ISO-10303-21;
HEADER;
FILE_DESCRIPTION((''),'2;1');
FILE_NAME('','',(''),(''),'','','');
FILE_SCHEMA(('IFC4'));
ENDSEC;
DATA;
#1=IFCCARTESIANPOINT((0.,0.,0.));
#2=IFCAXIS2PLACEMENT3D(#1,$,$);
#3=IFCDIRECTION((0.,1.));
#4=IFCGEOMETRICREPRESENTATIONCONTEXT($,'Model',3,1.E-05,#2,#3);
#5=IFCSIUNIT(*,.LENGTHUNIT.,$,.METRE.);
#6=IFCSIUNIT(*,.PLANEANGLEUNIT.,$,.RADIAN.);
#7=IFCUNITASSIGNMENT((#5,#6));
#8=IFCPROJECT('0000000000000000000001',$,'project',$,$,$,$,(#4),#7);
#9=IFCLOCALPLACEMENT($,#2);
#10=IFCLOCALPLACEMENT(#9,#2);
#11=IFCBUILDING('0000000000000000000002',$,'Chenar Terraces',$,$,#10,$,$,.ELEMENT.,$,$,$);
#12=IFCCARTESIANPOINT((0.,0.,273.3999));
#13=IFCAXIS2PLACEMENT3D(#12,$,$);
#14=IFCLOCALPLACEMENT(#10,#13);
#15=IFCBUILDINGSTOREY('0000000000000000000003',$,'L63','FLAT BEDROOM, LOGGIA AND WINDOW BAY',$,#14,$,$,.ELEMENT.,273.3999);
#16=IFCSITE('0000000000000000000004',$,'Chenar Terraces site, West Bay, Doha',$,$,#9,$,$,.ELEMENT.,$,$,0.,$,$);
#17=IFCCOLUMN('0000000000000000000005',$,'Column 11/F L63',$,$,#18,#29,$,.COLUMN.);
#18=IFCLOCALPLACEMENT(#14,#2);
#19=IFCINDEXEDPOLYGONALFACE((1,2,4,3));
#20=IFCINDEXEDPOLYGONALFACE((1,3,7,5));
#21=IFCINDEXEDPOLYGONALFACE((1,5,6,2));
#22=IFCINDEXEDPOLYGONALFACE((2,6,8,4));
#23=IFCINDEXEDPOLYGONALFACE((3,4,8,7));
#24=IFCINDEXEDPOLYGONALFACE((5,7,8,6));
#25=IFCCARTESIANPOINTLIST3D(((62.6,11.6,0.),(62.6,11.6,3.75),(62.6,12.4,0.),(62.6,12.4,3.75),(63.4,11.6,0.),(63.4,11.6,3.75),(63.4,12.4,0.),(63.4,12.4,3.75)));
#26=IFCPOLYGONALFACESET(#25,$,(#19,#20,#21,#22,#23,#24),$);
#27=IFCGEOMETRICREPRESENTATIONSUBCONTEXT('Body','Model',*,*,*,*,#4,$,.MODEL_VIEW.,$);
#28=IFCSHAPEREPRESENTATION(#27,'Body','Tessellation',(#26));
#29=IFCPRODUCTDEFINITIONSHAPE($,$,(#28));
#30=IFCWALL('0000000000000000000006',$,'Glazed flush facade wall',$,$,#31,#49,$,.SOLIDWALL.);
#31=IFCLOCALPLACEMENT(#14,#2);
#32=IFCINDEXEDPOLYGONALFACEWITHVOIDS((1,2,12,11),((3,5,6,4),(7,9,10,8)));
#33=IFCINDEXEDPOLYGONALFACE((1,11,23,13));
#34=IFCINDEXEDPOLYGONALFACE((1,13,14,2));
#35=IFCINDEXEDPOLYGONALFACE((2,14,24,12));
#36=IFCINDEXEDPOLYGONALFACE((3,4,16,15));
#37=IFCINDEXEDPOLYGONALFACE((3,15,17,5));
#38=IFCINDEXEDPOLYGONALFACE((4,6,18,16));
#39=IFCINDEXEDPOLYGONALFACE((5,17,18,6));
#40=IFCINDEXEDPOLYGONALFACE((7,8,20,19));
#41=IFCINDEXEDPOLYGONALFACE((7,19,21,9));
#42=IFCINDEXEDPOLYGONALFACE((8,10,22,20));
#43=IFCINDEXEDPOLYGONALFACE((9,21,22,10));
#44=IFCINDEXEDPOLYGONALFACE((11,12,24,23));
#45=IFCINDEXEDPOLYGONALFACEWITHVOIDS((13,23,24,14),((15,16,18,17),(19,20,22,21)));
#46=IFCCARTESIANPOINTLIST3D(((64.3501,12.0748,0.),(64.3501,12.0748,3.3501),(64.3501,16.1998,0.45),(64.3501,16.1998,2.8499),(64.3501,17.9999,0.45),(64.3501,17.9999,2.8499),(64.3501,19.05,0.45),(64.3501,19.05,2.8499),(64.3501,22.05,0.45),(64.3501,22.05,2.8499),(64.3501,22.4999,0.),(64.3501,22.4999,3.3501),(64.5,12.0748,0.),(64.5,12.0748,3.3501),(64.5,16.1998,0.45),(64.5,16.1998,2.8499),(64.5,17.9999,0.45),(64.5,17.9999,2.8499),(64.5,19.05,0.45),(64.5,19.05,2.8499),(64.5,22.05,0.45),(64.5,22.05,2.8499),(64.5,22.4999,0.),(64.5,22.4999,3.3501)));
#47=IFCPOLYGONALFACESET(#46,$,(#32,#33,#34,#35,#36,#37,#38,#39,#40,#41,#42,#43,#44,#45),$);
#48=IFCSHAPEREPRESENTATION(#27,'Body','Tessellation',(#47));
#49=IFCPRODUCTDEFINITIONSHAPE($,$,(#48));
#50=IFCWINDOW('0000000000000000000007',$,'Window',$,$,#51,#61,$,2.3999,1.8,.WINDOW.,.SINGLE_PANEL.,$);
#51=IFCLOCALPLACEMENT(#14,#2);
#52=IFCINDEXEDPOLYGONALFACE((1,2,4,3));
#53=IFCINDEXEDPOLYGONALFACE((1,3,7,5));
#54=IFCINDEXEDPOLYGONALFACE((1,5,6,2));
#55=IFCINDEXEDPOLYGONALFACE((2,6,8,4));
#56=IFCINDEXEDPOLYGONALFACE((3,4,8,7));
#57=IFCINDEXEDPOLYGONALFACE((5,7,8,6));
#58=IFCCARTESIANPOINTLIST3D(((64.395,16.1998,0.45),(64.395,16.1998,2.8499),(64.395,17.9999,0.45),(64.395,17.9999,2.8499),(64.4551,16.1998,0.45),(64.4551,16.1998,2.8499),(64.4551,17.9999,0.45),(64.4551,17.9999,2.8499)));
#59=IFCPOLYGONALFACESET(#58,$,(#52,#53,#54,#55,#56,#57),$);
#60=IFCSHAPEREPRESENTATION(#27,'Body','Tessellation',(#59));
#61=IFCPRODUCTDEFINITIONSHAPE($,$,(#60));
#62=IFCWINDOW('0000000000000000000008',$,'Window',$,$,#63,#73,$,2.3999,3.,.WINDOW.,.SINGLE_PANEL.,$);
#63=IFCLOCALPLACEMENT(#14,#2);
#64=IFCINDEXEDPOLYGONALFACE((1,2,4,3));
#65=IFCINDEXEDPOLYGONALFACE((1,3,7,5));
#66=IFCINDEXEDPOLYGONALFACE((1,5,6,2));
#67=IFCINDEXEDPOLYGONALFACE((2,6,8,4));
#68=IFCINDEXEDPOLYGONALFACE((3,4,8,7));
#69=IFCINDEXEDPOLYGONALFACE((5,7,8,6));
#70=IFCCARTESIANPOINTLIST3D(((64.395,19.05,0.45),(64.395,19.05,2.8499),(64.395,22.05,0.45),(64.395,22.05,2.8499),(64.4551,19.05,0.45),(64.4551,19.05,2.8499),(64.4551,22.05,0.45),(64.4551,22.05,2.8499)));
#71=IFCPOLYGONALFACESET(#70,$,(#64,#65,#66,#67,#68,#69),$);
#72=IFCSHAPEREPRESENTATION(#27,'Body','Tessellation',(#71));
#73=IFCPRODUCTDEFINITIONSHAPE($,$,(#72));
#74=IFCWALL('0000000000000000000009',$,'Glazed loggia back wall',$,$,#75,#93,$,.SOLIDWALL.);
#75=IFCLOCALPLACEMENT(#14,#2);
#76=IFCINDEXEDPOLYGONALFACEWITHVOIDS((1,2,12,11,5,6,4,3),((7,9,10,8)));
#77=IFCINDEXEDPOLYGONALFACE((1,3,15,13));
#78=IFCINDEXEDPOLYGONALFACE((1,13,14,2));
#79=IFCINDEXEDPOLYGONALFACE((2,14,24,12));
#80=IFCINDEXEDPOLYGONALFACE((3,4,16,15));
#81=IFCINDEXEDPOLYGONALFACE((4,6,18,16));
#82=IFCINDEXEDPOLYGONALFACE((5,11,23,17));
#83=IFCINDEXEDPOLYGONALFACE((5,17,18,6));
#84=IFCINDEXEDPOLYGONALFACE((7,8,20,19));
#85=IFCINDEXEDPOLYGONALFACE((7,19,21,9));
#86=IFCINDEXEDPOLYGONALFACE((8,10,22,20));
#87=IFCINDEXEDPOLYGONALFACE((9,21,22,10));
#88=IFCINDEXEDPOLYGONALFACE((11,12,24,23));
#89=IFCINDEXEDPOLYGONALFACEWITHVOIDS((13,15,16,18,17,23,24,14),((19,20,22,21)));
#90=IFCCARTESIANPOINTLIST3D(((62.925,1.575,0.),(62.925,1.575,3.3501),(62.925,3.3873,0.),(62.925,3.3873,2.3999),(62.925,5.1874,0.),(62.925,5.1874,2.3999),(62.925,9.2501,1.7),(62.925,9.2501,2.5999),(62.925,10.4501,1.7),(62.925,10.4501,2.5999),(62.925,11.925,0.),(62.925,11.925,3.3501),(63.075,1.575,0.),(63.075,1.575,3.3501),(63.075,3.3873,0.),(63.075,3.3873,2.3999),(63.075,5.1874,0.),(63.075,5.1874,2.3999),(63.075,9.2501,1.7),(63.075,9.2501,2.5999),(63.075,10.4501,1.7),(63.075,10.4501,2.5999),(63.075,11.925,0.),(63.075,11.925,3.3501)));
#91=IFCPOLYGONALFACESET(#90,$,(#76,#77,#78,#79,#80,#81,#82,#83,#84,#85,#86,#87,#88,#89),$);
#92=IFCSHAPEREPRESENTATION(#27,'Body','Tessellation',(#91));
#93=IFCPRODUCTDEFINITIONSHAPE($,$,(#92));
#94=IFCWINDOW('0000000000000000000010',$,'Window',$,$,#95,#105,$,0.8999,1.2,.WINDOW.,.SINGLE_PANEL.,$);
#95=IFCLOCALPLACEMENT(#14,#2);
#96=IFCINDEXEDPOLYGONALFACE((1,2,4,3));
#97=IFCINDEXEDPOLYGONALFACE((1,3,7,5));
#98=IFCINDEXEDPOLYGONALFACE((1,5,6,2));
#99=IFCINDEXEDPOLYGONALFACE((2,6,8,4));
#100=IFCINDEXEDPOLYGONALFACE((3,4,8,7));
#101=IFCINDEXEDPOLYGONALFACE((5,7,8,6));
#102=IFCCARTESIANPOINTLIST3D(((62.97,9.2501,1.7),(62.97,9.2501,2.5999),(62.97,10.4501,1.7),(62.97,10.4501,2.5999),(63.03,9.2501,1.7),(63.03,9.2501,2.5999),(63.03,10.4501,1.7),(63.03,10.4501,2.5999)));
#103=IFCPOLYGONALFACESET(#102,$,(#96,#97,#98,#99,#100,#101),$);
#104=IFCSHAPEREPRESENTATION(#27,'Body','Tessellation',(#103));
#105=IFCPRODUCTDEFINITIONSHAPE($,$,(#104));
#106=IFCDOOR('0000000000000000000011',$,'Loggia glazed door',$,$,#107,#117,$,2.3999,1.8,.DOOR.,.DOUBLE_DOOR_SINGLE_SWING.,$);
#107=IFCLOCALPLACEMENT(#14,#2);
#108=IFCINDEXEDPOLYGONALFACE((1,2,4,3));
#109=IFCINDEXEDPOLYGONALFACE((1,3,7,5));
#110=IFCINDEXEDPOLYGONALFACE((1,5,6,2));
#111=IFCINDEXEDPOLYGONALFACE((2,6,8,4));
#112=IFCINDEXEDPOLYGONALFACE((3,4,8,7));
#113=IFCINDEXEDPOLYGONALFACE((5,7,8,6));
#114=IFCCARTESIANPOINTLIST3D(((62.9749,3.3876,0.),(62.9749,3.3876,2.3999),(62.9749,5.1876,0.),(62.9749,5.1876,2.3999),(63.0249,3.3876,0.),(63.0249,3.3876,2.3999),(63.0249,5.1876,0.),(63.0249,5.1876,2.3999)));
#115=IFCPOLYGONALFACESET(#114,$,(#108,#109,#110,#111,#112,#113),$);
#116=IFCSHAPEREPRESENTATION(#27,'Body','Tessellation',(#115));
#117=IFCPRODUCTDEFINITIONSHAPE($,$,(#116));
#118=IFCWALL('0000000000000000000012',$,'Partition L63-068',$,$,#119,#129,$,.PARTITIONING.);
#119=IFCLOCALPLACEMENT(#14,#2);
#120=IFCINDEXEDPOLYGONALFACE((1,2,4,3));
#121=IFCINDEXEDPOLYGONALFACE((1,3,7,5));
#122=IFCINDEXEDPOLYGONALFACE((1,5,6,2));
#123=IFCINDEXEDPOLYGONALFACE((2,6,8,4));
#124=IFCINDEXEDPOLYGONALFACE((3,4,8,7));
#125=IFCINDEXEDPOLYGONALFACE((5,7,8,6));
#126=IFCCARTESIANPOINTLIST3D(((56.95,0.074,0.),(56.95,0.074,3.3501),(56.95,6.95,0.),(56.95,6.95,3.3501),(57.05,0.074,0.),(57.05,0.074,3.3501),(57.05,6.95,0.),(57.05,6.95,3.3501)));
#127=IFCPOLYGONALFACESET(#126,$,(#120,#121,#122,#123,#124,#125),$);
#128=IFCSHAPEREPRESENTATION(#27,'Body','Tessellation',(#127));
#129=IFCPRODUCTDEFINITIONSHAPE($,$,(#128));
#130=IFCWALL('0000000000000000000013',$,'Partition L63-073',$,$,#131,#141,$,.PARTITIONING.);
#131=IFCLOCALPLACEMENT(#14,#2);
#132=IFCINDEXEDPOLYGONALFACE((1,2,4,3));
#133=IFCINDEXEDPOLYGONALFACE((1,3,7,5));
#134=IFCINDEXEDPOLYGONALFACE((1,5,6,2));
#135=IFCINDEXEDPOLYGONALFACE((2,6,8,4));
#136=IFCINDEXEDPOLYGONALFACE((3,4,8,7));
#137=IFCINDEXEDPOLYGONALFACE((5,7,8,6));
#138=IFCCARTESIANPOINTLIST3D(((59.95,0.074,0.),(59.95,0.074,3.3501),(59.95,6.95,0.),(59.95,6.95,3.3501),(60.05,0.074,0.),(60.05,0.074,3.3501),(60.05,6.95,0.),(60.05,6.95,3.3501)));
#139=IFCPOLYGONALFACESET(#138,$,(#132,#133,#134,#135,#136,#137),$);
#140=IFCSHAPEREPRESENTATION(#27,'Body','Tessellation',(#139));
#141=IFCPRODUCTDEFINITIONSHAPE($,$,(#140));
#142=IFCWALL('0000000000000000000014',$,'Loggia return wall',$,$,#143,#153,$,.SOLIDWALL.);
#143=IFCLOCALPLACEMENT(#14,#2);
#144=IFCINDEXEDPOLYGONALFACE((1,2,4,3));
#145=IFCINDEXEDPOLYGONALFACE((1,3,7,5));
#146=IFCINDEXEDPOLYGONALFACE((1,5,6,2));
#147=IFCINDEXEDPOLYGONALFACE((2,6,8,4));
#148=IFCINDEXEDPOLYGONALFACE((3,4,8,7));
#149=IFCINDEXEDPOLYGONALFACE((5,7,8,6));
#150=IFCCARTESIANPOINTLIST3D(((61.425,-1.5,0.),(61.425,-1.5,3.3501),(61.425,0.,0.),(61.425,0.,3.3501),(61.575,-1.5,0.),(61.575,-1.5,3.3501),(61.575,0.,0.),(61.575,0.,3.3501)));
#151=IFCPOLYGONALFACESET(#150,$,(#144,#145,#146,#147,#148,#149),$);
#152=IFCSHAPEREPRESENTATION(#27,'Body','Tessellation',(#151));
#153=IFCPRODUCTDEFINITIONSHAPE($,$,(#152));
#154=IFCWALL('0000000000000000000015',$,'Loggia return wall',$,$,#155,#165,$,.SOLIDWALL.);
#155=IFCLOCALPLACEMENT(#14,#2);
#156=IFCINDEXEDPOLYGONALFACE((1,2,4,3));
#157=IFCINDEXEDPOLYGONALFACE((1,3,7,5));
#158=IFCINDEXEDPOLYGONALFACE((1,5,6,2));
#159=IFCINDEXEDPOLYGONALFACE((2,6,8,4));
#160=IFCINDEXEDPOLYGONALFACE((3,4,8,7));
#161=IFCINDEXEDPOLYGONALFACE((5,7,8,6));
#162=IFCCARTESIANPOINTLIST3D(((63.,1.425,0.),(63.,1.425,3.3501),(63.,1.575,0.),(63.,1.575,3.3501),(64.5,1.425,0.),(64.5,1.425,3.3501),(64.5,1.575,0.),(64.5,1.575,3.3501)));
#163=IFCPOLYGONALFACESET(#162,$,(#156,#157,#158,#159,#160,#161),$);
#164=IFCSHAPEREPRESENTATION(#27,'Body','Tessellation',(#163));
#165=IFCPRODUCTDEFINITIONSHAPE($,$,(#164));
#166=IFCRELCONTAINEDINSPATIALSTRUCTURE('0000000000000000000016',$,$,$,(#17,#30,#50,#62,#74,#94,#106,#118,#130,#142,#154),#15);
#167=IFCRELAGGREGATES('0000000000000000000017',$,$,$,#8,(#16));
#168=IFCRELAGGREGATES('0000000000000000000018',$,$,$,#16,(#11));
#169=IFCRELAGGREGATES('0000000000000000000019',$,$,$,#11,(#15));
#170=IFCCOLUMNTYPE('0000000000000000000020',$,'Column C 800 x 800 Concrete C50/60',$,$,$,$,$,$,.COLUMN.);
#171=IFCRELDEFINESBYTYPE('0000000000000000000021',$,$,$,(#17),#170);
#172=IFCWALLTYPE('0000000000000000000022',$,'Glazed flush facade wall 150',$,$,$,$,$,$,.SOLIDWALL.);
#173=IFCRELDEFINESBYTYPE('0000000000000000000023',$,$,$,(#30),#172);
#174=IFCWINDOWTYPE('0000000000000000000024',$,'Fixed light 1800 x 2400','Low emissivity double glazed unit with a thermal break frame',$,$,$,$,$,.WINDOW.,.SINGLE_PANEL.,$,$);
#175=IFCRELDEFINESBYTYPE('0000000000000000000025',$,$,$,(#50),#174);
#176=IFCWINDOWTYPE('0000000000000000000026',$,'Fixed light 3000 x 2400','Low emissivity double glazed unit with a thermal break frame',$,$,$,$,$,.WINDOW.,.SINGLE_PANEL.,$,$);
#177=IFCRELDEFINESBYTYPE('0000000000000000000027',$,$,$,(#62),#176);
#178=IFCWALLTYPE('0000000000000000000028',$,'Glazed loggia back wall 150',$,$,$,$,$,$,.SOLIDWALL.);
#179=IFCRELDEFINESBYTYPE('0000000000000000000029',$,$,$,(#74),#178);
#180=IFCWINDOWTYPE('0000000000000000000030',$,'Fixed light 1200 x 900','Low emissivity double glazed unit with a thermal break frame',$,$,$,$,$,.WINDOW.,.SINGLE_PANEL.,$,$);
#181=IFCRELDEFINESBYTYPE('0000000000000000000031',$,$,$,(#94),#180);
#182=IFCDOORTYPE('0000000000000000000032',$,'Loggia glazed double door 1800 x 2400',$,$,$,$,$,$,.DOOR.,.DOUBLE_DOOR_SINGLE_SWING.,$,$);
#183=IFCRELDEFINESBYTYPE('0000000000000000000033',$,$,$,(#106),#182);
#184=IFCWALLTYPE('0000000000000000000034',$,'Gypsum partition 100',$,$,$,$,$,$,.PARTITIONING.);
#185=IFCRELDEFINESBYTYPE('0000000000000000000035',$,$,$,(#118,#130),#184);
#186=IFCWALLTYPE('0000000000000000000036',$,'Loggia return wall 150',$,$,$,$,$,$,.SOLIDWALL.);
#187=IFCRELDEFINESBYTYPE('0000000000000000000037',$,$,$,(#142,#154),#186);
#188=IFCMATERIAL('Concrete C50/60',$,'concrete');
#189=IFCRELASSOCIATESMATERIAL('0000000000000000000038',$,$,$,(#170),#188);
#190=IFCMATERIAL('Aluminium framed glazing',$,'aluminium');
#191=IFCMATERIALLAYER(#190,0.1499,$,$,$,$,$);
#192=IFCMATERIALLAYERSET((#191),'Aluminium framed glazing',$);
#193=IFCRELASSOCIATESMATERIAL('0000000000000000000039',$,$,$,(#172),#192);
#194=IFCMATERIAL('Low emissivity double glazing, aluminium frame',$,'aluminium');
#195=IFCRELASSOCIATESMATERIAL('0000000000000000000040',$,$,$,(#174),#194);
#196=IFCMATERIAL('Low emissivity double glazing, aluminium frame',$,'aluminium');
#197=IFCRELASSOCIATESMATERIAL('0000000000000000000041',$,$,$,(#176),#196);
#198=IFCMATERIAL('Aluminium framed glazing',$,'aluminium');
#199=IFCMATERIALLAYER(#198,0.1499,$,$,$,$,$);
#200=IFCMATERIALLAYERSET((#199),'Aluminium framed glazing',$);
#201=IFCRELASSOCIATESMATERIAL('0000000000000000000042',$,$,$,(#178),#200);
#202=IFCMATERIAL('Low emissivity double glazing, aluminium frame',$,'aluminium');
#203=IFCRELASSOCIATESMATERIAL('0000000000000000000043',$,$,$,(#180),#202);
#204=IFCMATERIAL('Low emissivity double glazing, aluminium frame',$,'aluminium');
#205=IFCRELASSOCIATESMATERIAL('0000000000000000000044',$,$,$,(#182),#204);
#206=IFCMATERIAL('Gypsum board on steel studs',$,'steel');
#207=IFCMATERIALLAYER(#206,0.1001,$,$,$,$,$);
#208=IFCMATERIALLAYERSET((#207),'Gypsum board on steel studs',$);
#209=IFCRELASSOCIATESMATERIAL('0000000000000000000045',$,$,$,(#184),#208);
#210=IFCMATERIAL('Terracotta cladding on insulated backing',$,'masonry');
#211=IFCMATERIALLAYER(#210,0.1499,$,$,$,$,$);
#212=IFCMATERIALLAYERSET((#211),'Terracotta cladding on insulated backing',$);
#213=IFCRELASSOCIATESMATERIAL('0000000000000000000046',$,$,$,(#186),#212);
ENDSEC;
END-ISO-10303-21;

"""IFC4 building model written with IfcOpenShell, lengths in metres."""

from ifc_helpers import new_model, si_unit, direction, frame, frame_2d, origin, origin_2d, place, context, subcontext, project, spatial, rectangle, extrude, material, layer, layer_set, material_profile, profile_set, type_object, element, fill, save


model = new_model("IFC4")

# Units and contexts
model_context = context("Model", 3, precision=1e-05, world=origin(), true_north=direction((0.0, 1.0)))
body_context = subcontext(model_context, "Body", "Model", "MODEL_VIEW")
ifc_project = project(units=[si_unit("LENGTHUNIT", "METRE"), si_unit("PLANEANGLEUNIT", "RADIAN")], contexts=[model_context])

# Site, building, storey
site_placement = place(None, origin())
site = spatial("IfcSite", under=ifc_project, at=site_placement, Name="Chenar Terraces site, West Bay, Doha", CompositionType="ELEMENT", RefElevation=0.0)
building_placement = place(site_placement, origin())
building = spatial("IfcBuilding", under=site, at=building_placement, Name="Chenar Terraces", CompositionType="ELEMENT")
storey_placement = place(building_placement, frame((0.0, 0.0, 273.3999)))
storey = spatial("IfcBuildingStorey", under=building, at=storey_placement, Name="L63", Description="FLAT BEDROOM, LOGGIA AND WINDOW BAY", CompositionType="ELEMENT", Elevation=273.3999)

# Column
ifc_material_1 = material(Name="Concrete C50/60", Category="concrete")
ifc_material_profile_1 = material_profile(ifc_material_1, rectangle(XDim=0.8, YDim=0.8, at=origin_2d()), Name="C 800 x 800")
ifc_profile_set_1 = profile_set([ifc_material_profile_1], Name="Concrete C50/60")
column_type = type_object("IfcColumnType", Name="Column C 800 x 800 Concrete C50/60", PredefinedType="COLUMN", material=ifc_profile_set_1)
column_placement = place(storey_placement, frame((63.0, 12.0, 0.0), z_axis=(0.0, 0.0, 1.0), x_axis=(1.0, 0.0, 0.0)))
element("IfcColumn", 1, at=column_placement, inside=storey, type_object=column_type, Name="Column 11/F L63", PredefinedType="COLUMN", context=body_context, shape_type="SweptSolid", body=[
    extrude(rectangle(XDim=0.8, YDim=0.8, at=origin_2d()), origin(), (0.0, 0.0, 1.0), 3.75),
])

# Wall, openings, windows
ifc_material_2 = material(Name="Aluminium framed glazing", Category="aluminium")
ifc_layer_1 = layer(ifc_material_2, 0.1499)
ifc_layer_set_1 = layer_set([ifc_layer_1], Name="Aluminium framed glazing")
wall_type_1 = type_object("IfcWallType", Name="Glazed flush facade wall 150", PredefinedType="SOLIDWALL", material=ifc_layer_set_1)
wall_1_placement = place(storey_placement, frame((64.425, 12.075, 0.0), z_axis=(0.0, 0.0, 1.0), x_axis=(0.0, 1.0, 0.0)))
wall_1 = element("IfcWall", 2, at=wall_1_placement, inside=storey, type_object=wall_type_1, Name="Glazed flush facade wall", PredefinedType="SOLIDWALL", context=body_context, shape_type="SweptSolid", body=[
    extrude(rectangle(XDim=10.425, YDim=0.1499, at=frame_2d((5.2124, 0.0))), origin(), (0.0, 0.0, 1.0), 3.3501),
])
opening_1_placement = place(wall_1_placement, frame((4.125, 0.0, 0.45)))
opening_1 = element("IfcOpeningElement", 3, at=opening_1_placement, cuts=wall_1, PredefinedType="OPENING", context=body_context, shape_type="SweptSolid", body=[
    extrude(rectangle(XDim=1.8, YDim=2.3999, at=frame_2d((0.8999, 1.2))), frame((0.0, 0.085, 0.0), z_axis=(0.0, -1.0, 0.0), x_axis=(1.0, 0.0, 0.0)), (0.0, 0.0, 1.0), 0.1699),
])
opening_2_placement = place(wall_1_placement, frame((6.9751, 0.0, 0.45)))
opening_2 = element("IfcOpeningElement", 4, at=opening_2_placement, cuts=wall_1, PredefinedType="OPENING", context=body_context, shape_type="SweptSolid", body=[
    extrude(rectangle(XDim=3.0, YDim=2.3999, at=frame_2d((1.5, 1.2))), frame((0.0, 0.085, 0.0), z_axis=(0.0, -1.0, 0.0), x_axis=(1.0, 0.0, 0.0)), (0.0, 0.0, 1.0), 0.1699),
])
ifc_material_3 = material(Name="Low emissivity double glazing, aluminium frame", Category="aluminium")
window_type_1 = type_object("IfcWindowType", Name="Fixed light 1800 x 2400", Description="Low emissivity double glazed unit with a thermal break frame", PartitioningType="SINGLE_PANEL", PredefinedType="WINDOW", material=ifc_material_3)
window_1_placement = place(opening_1_placement, origin())
window_1 = element("IfcWindow", 5, at=window_1_placement, inside=storey, type_object=window_type_1, Name="Window", OverallHeight=2.3999, OverallWidth=1.8, PartitioningType="SINGLE_PANEL", PredefinedType="WINDOW", context=body_context, shape_type="SweptSolid", body=[
    extrude(rectangle(XDim=1.8, YDim=2.3999, at=frame_2d((0.8999, 1.2))), frame((0.0, 0.03, 0.0), z_axis=(0.0, -1.0, 0.0), x_axis=(1.0, 0.0, 0.0)), (0.0, 0.0, 1.0), 0.0601),
])
fill(opening_1, window_1)
ifc_material_4 = material(Name="Low emissivity double glazing, aluminium frame", Category="aluminium")
window_type_2 = type_object("IfcWindowType", Name="Fixed light 3000 x 2400", Description="Low emissivity double glazed unit with a thermal break frame", PartitioningType="SINGLE_PANEL", PredefinedType="WINDOW", material=ifc_material_4)
window_2_placement = place(opening_2_placement, origin())
window_2 = element("IfcWindow", 6, at=window_2_placement, inside=storey, type_object=window_type_2, Name="Window", OverallHeight=2.3999, OverallWidth=3.0, PartitioningType="SINGLE_PANEL", PredefinedType="WINDOW", context=body_context, shape_type="SweptSolid", body=[
    extrude(rectangle(XDim=3.0, YDim=2.3999, at=frame_2d((1.5, 1.2))), frame((0.0, 0.03, 0.0), z_axis=(0.0, -1.0, 0.0), x_axis=(1.0, 0.0, 0.0)), (0.0, 0.0, 1.0), 0.0601),
])
fill(opening_2, window_2)

# Wall, openings, window, door
ifc_material_5 = material(Name="Aluminium framed glazing", Category="aluminium")
ifc_layer_2 = layer(ifc_material_5, 0.1499)
ifc_layer_set_2 = layer_set([ifc_layer_2], Name="Aluminium framed glazing")
wall_type_2 = type_object("IfcWallType", Name="Glazed loggia back wall 150", PredefinedType="SOLIDWALL", material=ifc_layer_set_2)
wall_2_placement = place(storey_placement, frame((63.0, 1.575, 0.0), z_axis=(0.0, 0.0, 1.0), x_axis=(0.0, 1.0, 0.0)))
wall_2 = element("IfcWall", 7, at=wall_2_placement, inside=storey, type_object=wall_type_2, Name="Glazed loggia back wall", PredefinedType="SOLIDWALL", context=body_context, shape_type="SweptSolid", body=[
    extrude(rectangle(XDim=10.3501, YDim=0.1499, at=frame_2d((5.175, 0.0))), origin(), (0.0, 0.0, 1.0), 3.3501),
])
opening_3_placement = place(wall_2_placement, frame((1.8125, 0.0, 0.0)))
opening_3 = element("IfcOpeningElement", 8, at=opening_3_placement, cuts=wall_2, PredefinedType="OPENING", context=body_context, shape_type="SweptSolid", body=[
    extrude(rectangle(XDim=1.8, YDim=2.3999, at=frame_2d((0.8999, 1.2))), frame((0.0, 0.085, 0.0), z_axis=(0.0, -1.0, 0.0), x_axis=(1.0, 0.0, 0.0)), (0.0, 0.0, 1.0), 0.1699),
])
opening_4_placement = place(wall_2_placement, frame((7.675, 0.0, 1.7)))
opening_4 = element("IfcOpeningElement", 9, at=opening_4_placement, cuts=wall_2, PredefinedType="OPENING", context=body_context, shape_type="SweptSolid", body=[
    extrude(rectangle(XDim=1.2, YDim=0.8999, at=frame_2d((0.6001, 0.45))), frame((0.0, 0.085, 0.0), z_axis=(0.0, -1.0, 0.0), x_axis=(1.0, 0.0, 0.0)), (0.0, 0.0, 1.0), 0.1699),
])
ifc_material_6 = material(Name="Low emissivity double glazing, aluminium frame", Category="aluminium")
window_type_3 = type_object("IfcWindowType", Name="Fixed light 1200 x 900", Description="Low emissivity double glazed unit with a thermal break frame", PartitioningType="SINGLE_PANEL", PredefinedType="WINDOW", material=ifc_material_6)
window_3_placement = place(opening_4_placement, origin())
window_3 = element("IfcWindow", 10, at=window_3_placement, inside=storey, type_object=window_type_3, Name="Window", OverallHeight=0.8999, OverallWidth=1.2, PartitioningType="SINGLE_PANEL", PredefinedType="WINDOW", context=body_context, shape_type="SweptSolid", body=[
    extrude(rectangle(XDim=1.2, YDim=0.8999, at=frame_2d((0.6001, 0.45))), frame((0.0, 0.03, 0.0), z_axis=(0.0, -1.0, 0.0), x_axis=(1.0, 0.0, 0.0)), (0.0, 0.0, 1.0), 0.0601),
])
fill(opening_4, window_3)
ifc_material_7 = material(Name="Low emissivity double glazing, aluminium frame", Category="aluminium")
door_type_1 = type_object("IfcDoorType", Name="Loggia glazed double door 1800 x 2400", OperationType="DOUBLE_DOOR_SINGLE_SWING", PredefinedType="DOOR", material=ifc_material_7)
door_1_placement = place(opening_3_placement, frame((1.8, 0.0, 0.0), z_axis=(0.0, 0.0, 1.0), x_axis=(-1.0, 0.0, 0.0)))
door_1 = element("IfcDoor", 11, at=door_1_placement, inside=storey, type_object=door_type_1, Name="Loggia glazed door", OperationType="DOUBLE_DOOR_SINGLE_SWING", OverallHeight=2.3999, OverallWidth=1.8, PredefinedType="DOOR", context=body_context, shape_type="SweptSolid", body=[
    extrude(rectangle(XDim=1.8, YDim=2.3999, at=frame_2d((0.8999, 1.2))), frame((0.0, 0.0249, 0.0), z_axis=(0.0, -1.0, 0.0), x_axis=(1.0, 0.0, 0.0)), (0.0, 0.0, 1.0), 0.05),
])
fill(opening_3, door_1)

# Walls
ifc_material_8 = material(Name="Gypsum board on steel studs", Category="steel")
ifc_layer_3 = layer(ifc_material_8, 0.1001)
ifc_layer_set_3 = layer_set([ifc_layer_3], Name="Gypsum board on steel studs")
wall_type_3 = type_object("IfcWallType", Name="Gypsum partition 100", PredefinedType="PARTITIONING", material=ifc_layer_set_3)
for number, where, z_axis, x_axis, name in (
    (12, (57.0, 0.074, 0.0), (0.0, 0.0, 1.0), (0.0, 1.0, 0.0), "Partition L63-068"),
    (13, (60.0, 0.074, 0.0), (0.0, 0.0, 1.0), (0.0, 1.0, 0.0), "Partition L63-073"),
):
    element("IfcWall", number, at=place(storey_placement, frame(where, z_axis=z_axis, x_axis=x_axis)), inside=storey, type_object=wall_type_3, Name=name, PredefinedType="PARTITIONING", context=body_context, shape_type="SweptSolid", body=[
        extrude(rectangle(XDim=6.876, YDim=0.1001, at=frame_2d((3.438, 0.0))), origin(), (0.0, 0.0, 1.0), 3.3501),
    ])
ifc_material_9 = material(Name="Terracotta cladding on insulated backing", Category="masonry")
ifc_layer_4 = layer(ifc_material_9, 0.1499)
ifc_layer_set_4 = layer_set([ifc_layer_4], Name="Terracotta cladding on insulated backing")
wall_type_4 = type_object("IfcWallType", Name="Loggia return wall 150", PredefinedType="SOLIDWALL", material=ifc_layer_set_4)
for number, where, z_axis, x_axis, name in (
    (14, (61.5, -1.5, 0.0), (0.0, 0.0, 1.0), (0.0, 1.0, 0.0), "Loggia return wall"),
    (15, (64.5, 1.5, 0.0), (0.0, 0.0, 1.0), (-1.0, 0.0, 0.0), "Loggia return wall"),
):
    element("IfcWall", number, at=place(storey_placement, frame(where, z_axis=z_axis, x_axis=x_axis)), inside=storey, type_object=wall_type_4, Name=name, PredefinedType="SOLIDWALL", context=body_context, shape_type="SweptSolid", body=[
        extrude(rectangle(XDim=1.5, YDim=0.1499, at=frame_2d((0.75, 0.0))), origin(), (0.0, 0.0, 1.0), 3.3501),
    ])

save(model, "model.ifc")
